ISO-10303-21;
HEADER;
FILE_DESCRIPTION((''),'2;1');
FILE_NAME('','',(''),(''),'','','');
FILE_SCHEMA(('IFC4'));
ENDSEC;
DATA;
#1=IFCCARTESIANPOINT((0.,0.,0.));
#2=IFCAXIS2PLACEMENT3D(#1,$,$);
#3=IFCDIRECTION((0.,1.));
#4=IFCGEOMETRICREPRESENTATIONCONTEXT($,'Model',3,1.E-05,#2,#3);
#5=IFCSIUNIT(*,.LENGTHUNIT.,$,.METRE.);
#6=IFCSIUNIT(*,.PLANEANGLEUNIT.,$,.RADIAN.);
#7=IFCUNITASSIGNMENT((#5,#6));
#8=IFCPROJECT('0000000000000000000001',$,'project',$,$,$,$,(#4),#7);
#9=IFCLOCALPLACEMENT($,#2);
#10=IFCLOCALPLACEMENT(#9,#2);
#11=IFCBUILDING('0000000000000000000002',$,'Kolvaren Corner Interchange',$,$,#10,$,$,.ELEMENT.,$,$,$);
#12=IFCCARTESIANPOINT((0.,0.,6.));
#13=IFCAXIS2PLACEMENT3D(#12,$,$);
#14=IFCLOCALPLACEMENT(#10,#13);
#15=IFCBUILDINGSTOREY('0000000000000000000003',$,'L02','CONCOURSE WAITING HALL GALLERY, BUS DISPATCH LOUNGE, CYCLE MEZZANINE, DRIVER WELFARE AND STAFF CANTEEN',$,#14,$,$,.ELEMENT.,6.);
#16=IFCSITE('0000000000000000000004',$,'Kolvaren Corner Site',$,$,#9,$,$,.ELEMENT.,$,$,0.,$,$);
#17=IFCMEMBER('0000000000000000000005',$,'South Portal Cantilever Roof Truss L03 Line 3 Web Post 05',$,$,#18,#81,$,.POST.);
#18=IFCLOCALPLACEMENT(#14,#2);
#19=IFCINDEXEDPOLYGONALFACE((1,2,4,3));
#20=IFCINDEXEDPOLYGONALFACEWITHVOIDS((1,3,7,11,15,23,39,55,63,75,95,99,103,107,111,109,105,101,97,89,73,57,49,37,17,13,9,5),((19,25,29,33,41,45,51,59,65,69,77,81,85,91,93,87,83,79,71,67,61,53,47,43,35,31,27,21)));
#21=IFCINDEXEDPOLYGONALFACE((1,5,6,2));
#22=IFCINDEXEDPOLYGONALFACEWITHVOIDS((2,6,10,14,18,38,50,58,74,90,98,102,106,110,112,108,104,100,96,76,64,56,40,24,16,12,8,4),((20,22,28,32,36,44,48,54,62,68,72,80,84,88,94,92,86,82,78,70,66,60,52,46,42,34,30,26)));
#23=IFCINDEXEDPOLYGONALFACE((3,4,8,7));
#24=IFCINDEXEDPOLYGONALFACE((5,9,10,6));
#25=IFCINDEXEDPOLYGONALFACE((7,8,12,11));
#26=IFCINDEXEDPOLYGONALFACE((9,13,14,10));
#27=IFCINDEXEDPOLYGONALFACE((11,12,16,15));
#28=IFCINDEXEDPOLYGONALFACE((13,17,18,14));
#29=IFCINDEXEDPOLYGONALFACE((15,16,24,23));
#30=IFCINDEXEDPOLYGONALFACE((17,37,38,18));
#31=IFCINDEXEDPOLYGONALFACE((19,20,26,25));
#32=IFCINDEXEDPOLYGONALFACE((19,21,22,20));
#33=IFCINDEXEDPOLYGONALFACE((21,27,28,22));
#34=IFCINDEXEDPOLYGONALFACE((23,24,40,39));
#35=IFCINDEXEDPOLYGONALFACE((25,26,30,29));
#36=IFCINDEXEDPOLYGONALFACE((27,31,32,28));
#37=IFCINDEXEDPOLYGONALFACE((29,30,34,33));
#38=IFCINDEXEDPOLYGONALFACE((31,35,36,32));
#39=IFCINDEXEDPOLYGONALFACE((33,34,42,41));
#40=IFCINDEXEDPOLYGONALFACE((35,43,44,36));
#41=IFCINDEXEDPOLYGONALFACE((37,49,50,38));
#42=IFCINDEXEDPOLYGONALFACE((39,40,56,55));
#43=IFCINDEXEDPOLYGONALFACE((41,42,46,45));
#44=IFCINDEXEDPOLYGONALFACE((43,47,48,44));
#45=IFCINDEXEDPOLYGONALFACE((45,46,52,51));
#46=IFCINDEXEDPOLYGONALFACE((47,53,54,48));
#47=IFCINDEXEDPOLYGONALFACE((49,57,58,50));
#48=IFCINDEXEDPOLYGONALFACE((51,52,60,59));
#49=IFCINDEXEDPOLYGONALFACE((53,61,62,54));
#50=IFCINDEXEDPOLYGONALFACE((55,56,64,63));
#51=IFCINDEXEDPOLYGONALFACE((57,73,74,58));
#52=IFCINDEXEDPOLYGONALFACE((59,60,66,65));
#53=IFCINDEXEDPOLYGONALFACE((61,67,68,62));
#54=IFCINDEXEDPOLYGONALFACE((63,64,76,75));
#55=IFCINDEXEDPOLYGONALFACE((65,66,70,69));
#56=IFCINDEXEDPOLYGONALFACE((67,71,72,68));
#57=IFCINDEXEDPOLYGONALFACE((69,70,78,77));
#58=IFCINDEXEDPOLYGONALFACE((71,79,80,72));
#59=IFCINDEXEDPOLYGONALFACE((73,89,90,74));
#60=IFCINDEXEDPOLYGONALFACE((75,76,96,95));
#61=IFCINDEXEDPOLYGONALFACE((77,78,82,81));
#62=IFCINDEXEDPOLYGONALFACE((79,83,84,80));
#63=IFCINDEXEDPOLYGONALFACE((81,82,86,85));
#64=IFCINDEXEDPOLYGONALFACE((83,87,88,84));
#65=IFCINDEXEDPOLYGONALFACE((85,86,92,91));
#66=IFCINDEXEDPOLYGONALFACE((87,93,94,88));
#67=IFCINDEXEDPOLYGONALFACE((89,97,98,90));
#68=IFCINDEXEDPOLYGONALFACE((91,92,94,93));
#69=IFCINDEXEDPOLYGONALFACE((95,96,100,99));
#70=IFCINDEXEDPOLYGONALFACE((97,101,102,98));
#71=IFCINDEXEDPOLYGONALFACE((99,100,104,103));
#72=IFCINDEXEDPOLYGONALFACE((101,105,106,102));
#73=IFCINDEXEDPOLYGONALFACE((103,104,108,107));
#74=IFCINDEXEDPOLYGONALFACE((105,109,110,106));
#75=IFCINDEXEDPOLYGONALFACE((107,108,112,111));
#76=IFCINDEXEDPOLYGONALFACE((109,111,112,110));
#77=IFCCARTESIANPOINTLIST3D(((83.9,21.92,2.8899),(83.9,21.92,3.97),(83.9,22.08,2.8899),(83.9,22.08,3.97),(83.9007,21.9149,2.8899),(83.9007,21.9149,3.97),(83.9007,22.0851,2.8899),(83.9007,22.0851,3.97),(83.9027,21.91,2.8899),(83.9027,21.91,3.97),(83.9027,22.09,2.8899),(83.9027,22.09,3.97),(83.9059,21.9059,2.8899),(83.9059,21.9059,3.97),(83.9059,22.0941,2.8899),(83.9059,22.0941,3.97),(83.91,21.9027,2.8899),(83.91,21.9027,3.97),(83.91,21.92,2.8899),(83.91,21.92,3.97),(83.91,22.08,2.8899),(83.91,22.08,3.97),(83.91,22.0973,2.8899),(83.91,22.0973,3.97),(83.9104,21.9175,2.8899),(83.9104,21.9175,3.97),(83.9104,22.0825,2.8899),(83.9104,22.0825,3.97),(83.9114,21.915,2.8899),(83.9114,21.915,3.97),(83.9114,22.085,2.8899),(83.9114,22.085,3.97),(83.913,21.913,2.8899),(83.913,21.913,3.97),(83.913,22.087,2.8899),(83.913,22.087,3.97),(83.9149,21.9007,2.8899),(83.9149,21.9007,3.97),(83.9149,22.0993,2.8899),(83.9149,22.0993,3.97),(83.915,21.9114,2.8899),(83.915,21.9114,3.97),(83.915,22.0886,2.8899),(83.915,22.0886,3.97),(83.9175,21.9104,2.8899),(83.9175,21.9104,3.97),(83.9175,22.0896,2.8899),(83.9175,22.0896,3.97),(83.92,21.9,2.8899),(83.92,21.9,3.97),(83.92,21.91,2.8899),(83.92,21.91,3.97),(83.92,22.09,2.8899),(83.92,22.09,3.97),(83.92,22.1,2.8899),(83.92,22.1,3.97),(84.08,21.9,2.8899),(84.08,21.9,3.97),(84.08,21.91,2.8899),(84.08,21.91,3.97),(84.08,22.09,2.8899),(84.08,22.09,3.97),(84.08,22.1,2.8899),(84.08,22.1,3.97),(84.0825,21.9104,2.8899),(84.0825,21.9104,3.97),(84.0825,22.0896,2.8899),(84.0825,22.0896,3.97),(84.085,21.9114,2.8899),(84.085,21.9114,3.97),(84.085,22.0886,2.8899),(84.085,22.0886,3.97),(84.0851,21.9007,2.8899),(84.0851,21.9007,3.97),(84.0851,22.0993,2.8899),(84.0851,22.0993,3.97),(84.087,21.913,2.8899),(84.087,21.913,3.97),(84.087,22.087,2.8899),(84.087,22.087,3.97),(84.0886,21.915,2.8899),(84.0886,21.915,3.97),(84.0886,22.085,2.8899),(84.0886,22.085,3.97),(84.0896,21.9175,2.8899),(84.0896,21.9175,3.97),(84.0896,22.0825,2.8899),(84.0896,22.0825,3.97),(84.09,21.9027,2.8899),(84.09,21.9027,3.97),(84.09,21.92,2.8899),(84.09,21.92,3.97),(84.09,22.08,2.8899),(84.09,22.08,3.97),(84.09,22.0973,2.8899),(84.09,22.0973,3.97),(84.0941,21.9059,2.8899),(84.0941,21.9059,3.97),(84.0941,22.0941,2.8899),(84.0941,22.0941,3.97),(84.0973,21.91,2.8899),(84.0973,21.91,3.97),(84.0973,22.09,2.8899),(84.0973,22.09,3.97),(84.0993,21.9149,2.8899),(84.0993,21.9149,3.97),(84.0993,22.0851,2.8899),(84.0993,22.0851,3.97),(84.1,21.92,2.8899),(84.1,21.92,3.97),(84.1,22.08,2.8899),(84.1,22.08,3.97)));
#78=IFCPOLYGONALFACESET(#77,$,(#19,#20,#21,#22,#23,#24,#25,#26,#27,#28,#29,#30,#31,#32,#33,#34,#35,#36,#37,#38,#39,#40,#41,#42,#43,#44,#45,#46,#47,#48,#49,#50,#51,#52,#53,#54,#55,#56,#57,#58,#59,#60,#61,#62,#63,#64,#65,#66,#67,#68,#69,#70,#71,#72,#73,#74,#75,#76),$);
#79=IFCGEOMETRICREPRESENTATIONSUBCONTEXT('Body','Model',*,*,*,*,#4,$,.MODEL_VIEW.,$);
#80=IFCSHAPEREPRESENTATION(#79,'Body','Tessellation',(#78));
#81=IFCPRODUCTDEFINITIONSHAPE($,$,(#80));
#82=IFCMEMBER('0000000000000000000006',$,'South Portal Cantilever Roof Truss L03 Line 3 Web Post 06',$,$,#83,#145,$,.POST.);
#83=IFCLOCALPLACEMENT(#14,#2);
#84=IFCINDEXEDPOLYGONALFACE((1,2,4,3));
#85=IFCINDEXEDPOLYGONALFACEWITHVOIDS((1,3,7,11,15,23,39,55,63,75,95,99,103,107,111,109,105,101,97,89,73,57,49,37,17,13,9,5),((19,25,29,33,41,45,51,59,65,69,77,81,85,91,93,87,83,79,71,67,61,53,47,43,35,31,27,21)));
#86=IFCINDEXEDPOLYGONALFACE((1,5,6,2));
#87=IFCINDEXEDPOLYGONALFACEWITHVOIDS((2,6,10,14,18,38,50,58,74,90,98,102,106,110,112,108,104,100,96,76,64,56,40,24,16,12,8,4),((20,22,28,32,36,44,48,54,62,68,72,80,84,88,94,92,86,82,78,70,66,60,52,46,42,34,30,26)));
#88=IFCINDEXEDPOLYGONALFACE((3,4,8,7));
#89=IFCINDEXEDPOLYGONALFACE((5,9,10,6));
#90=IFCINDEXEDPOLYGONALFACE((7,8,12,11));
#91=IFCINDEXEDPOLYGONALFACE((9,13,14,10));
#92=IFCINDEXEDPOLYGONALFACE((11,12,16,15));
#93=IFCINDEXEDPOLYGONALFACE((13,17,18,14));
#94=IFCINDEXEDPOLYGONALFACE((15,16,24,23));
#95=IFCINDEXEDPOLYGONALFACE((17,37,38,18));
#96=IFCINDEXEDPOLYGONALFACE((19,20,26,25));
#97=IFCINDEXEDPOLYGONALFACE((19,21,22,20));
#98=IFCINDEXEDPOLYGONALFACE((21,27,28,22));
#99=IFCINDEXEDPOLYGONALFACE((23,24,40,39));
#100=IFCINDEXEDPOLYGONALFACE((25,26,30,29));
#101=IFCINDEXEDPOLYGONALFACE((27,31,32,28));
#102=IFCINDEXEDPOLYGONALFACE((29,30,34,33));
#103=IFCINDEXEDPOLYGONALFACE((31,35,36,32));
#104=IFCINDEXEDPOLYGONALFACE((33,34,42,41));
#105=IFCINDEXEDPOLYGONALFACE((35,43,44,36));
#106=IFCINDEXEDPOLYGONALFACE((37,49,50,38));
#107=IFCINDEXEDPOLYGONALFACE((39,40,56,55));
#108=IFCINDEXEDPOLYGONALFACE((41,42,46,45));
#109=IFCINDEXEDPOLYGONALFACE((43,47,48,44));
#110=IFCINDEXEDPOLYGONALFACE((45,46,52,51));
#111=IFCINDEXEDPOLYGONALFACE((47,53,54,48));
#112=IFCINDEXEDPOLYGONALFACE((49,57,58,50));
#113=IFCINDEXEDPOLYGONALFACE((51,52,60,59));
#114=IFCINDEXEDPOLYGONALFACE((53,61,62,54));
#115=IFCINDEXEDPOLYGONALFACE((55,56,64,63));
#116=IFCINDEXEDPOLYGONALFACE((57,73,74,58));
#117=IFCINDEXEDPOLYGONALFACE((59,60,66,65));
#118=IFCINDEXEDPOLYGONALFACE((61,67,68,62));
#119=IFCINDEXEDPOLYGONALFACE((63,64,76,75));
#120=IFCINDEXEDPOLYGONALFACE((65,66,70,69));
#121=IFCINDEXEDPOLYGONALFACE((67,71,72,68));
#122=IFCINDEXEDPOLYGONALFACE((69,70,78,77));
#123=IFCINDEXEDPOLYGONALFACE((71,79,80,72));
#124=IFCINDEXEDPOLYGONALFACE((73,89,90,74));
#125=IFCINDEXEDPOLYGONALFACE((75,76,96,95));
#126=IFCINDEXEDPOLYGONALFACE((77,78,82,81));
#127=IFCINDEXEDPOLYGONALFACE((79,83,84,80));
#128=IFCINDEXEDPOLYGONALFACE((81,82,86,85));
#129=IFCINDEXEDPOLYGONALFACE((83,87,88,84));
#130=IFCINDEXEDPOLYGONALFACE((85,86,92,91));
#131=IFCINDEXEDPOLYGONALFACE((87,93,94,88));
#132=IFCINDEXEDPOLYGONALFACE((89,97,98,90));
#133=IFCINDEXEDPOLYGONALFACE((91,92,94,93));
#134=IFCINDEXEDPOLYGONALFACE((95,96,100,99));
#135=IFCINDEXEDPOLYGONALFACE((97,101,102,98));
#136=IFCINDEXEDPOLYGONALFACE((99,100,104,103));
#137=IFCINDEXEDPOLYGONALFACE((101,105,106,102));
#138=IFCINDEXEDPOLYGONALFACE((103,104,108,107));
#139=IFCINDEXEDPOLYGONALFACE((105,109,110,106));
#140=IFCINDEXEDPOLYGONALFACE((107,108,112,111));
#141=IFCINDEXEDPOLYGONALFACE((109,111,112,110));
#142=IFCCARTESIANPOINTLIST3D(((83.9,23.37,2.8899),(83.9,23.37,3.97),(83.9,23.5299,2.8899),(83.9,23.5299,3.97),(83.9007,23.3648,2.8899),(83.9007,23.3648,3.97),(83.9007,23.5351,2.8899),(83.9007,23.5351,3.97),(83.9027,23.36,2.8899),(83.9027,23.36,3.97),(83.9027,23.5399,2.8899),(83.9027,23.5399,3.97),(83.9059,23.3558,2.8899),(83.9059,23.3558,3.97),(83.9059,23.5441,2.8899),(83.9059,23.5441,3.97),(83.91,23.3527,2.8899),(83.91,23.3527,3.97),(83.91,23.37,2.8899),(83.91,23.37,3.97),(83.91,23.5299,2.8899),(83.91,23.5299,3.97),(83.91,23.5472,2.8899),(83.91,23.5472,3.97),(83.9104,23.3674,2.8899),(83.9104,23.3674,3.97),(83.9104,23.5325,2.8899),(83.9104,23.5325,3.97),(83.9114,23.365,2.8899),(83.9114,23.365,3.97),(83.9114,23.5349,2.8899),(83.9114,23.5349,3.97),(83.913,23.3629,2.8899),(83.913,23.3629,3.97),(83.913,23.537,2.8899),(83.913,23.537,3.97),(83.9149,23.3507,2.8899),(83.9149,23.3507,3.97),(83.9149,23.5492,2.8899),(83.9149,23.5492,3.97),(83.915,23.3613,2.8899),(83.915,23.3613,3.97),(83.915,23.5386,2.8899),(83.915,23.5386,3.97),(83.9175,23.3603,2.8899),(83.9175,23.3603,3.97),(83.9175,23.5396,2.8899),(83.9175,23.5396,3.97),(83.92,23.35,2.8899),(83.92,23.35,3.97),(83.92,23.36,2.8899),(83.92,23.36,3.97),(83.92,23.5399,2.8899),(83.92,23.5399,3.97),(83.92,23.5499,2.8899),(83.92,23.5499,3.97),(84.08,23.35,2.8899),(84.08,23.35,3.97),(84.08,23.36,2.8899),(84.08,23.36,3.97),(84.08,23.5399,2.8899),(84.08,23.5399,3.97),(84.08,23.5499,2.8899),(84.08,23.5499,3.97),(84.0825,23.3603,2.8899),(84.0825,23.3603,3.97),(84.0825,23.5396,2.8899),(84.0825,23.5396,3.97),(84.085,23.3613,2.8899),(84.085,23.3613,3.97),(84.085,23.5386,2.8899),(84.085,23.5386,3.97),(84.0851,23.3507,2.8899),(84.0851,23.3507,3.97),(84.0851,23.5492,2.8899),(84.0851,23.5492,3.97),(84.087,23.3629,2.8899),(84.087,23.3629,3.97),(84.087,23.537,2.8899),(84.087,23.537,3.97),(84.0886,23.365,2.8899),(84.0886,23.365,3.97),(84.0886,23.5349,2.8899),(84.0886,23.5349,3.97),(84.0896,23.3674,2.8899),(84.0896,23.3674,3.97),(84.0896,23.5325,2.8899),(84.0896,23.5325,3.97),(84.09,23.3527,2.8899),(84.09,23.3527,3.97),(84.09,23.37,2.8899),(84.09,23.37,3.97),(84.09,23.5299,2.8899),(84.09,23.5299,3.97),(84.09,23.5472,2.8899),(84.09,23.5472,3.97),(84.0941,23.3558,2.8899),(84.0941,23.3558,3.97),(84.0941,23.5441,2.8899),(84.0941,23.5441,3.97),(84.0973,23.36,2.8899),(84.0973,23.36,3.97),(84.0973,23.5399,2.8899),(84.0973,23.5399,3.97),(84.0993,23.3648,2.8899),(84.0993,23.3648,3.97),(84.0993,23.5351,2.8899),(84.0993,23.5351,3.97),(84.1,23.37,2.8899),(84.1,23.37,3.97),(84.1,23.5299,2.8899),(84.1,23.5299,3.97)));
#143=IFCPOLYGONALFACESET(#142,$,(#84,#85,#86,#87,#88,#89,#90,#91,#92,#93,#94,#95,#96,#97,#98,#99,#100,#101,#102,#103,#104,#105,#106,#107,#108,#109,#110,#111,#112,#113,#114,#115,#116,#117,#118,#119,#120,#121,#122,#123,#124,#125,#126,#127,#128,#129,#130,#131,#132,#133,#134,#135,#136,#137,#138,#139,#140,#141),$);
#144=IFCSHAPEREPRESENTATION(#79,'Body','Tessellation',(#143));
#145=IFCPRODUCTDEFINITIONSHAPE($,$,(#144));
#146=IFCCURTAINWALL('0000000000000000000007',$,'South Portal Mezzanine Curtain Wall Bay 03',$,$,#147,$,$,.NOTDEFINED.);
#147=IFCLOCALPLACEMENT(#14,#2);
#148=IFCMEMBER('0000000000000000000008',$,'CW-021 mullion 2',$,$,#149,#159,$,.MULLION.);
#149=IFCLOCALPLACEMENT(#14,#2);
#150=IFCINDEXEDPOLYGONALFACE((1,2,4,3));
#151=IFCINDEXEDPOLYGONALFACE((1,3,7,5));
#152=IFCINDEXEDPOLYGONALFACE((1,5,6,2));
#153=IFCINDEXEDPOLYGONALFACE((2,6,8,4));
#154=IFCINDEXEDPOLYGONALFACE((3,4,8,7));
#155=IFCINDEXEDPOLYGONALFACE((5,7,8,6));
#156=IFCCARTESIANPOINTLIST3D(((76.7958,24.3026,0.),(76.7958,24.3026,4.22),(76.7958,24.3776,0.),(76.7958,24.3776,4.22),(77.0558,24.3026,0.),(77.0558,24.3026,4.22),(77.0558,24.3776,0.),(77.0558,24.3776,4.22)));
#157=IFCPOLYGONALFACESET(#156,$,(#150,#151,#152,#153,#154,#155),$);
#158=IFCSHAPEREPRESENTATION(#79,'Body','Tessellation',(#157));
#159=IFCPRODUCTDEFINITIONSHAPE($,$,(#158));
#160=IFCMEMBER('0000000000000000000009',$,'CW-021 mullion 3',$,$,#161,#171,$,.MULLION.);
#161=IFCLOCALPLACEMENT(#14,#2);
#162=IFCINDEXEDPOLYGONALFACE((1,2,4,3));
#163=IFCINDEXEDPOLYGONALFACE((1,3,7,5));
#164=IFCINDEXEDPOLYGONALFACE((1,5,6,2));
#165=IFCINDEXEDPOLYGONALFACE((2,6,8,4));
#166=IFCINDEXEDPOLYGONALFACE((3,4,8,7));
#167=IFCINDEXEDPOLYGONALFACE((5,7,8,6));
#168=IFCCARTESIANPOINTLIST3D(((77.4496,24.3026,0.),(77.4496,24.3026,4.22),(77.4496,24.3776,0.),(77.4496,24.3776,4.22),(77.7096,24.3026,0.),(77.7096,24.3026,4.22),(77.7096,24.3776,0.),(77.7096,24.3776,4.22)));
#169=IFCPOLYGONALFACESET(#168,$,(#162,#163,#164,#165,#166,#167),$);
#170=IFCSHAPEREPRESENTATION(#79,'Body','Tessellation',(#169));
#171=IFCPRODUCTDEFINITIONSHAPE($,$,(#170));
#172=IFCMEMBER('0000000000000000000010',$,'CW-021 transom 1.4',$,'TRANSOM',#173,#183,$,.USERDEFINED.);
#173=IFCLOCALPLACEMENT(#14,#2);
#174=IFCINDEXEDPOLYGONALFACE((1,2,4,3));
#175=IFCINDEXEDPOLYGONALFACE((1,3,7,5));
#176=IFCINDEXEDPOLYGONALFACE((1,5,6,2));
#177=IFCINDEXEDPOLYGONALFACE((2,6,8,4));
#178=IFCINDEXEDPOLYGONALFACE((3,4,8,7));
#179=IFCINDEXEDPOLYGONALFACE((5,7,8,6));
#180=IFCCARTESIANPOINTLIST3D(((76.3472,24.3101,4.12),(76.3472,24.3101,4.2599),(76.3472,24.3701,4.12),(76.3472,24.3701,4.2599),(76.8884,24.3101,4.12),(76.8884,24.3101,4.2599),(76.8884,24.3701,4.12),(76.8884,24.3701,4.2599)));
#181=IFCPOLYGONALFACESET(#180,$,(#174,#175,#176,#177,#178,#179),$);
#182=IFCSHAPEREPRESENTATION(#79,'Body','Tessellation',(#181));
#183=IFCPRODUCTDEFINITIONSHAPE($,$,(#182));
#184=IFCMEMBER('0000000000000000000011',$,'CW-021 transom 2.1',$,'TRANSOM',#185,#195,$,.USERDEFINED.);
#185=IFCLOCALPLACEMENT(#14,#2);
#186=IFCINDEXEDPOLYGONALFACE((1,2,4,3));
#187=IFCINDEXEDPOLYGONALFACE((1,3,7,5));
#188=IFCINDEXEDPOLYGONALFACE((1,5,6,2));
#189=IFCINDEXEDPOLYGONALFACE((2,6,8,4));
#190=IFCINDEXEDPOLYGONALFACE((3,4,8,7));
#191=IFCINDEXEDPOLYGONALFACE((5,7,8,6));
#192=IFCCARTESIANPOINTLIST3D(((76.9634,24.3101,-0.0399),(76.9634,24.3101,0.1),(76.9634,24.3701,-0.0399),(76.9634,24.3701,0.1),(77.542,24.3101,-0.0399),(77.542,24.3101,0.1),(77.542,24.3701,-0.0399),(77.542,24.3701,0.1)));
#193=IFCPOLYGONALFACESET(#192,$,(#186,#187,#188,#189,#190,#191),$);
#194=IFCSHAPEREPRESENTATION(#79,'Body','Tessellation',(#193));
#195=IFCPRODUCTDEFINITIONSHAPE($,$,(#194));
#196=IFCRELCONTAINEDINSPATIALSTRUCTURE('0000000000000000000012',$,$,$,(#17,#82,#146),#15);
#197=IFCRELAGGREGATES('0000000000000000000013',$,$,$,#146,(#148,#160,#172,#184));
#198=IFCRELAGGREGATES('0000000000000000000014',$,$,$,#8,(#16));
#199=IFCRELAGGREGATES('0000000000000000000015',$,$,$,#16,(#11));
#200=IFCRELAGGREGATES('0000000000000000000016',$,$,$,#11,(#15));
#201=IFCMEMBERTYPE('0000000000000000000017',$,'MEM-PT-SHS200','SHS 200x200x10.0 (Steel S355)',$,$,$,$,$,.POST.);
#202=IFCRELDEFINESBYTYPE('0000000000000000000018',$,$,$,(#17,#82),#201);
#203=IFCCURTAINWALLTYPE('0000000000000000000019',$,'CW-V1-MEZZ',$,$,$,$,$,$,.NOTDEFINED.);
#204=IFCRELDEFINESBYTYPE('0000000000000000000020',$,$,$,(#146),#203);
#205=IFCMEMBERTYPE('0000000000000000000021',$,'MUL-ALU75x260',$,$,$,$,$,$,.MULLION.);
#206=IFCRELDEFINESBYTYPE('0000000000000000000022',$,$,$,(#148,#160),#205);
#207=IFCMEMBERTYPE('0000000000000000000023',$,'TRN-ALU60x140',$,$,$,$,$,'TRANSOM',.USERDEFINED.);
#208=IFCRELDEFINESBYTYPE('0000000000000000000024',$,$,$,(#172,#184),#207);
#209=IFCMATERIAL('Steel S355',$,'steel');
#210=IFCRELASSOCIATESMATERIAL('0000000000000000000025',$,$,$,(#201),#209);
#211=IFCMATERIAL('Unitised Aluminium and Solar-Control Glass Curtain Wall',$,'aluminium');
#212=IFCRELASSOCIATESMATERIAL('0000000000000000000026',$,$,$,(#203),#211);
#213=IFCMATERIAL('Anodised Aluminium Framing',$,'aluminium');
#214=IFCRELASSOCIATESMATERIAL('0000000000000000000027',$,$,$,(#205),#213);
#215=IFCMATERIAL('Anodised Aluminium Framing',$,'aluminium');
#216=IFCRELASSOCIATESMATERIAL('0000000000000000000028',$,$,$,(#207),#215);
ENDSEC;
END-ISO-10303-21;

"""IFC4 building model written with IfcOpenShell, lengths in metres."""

from ifc_helpers import new_model, si_unit, direction, frame, origin, origin_2d, place, context, subcontext, project, spatial, rectangle, hollow_rectangle, extrude, material, material_profile, profile_set, type_object, element, aggregate, save


model = new_model("IFC4")

# Units and contexts
model_context = context("Model", 3, precision=1e-05, world=origin(), true_north=direction((0.0, 1.0)))
body_context = subcontext(model_context, "Body", "Model", "MODEL_VIEW")
ifc_project = project(units=[si_unit("LENGTHUNIT", "METRE"), si_unit("PLANEANGLEUNIT", "RADIAN")], contexts=[model_context])

# Site, building, storey
site_placement = place(None, origin())
site = spatial("IfcSite", under=ifc_project, at=site_placement, Name="Kolvaren Corner Site", CompositionType="ELEMENT", RefElevation=0.0)
building_placement = place(site_placement, origin())
building = spatial("IfcBuilding", under=site, at=building_placement, Name="Kolvaren Corner Interchange", CompositionType="ELEMENT")
storey_placement = place(building_placement, frame((0.0, 0.0, 6.0)))
storey = spatial("IfcBuildingStorey", under=building, at=storey_placement, Name="L02", Description="CONCOURSE WAITING HALL GALLERY, BUS DISPATCH LOUNGE, CYCLE MEZZANINE, DRIVER WELFARE AND STAFF CANTEEN", CompositionType="ELEMENT", Elevation=6.0)

# Members
ifc_material_1 = material(Name="Steel S355", Category="steel")
ifc_material_profile_1 = material_profile(ifc_material_1, hollow_rectangle(XDim=0.2, YDim=0.2, WallThickness=0.01, InnerFilletRadius=0.01, OuterFilletRadius=0.02, at=origin_2d()), Name="SHS 200x200x10.0")
ifc_profile_set_1 = profile_set([ifc_material_profile_1], Name="Steel S355")
member_type_1 = type_object("IfcMemberType", Name="MEM-PT-SHS200", Description="SHS 200x200x10.0 (Steel S355)", PredefinedType="POST", material=ifc_profile_set_1)
for number, where, z_axis, x_axis, name in (
    (1, (84.0, 22.0, 2.8899), (0.0, 0.0, 1.0), (1.0, 0.0, 0.0), "South Portal Cantilever Roof Truss L03 Line 3 Web Post 05"),
    (2, (84.0, 23.45, 2.8899), (0.0, 0.0, 1.0), (1.0, 0.0, 0.0), "South Portal Cantilever Roof Truss L03 Line 3 Web Post 06"),
):
    element("IfcMember", number, at=place(storey_placement, frame(where, z_axis=z_axis, x_axis=x_axis)), inside=storey, type_object=member_type_1, Name=name, PredefinedType="POST", context=body_context, shape_type="SweptSolid", body=[
        extrude(hollow_rectangle(XDim=0.2, YDim=0.2, WallThickness=0.01, InnerFilletRadius=0.01, OuterFilletRadius=0.02, at=origin_2d()), origin(), (0.0, 0.0, 1.0), 1.0801),
    ])

# Curtain wall, members
ifc_material_2 = material(Name="Unitised Aluminium and Solar-Control Glass Curtain Wall", Category="aluminium")
curtain_wall_type = type_object("IfcCurtainWallType", Name="CW-V1-MEZZ", PredefinedType="NOTDEFINED", material=ifc_material_2)
curtain_wall_placement = place(storey_placement, origin())
curtain_wall = element("IfcCurtainWall", 3, at=curtain_wall_placement, inside=storey, type_object=curtain_wall_type, Name="South Portal Mezzanine Curtain Wall Bay 03", PredefinedType="NOTDEFINED")
ifc_material_3 = material(Name="Anodised Aluminium Framing", Category="aluminium")
ifc_material_profile_2 = material_profile(ifc_material_3, rectangle(XDim=0.075, YDim=0.26, at=origin_2d()), Name="ALU 75x260")
ifc_profile_set_2 = profile_set([ifc_material_profile_2], Name="Anodised Aluminium Framing")
member_type_2 = type_object("IfcMemberType", Name="MUL-ALU75x260", PredefinedType="MULLION", material=ifc_profile_set_2)
member_1_placement = place(storey_placement, frame((76.9258, 24.3401, 0.0), z_axis=(0.0, 0.0, 1.0), x_axis=(0.0, 1.0, 0.0)))
member_1 = element("IfcMember", 4, at=member_1_placement, type_object=member_type_2, Name="CW-021 mullion 2", PredefinedType="MULLION", context=body_context, shape_type="SweptSolid", body=[
    extrude(rectangle(XDim=0.075, YDim=0.26, at=origin_2d()), origin(), (0.0, 0.0, 1.0), 4.22),
])
member_2_placement = place(storey_placement, frame((77.5796, 24.3401, 0.0), z_axis=(0.0, 0.0, 1.0), x_axis=(0.0, 1.0, 0.0)))
member_2 = element("IfcMember", 5, at=member_2_placement, type_object=member_type_2, Name="CW-021 mullion 3", PredefinedType="MULLION", context=body_context, shape_type="SweptSolid", body=[
    extrude(rectangle(XDim=0.075, YDim=0.26, at=origin_2d()), origin(), (0.0, 0.0, 1.0), 4.22),
])
ifc_material_4 = material(Name="Anodised Aluminium Framing", Category="aluminium")
ifc_material_profile_3 = material_profile(ifc_material_4, rectangle(XDim=0.0601, YDim=0.1399, at=origin_2d()), Name="ALU 60x140")
ifc_profile_set_3 = profile_set([ifc_material_profile_3], Name="Anodised Aluminium Framing")
member_type_3 = type_object("IfcMemberType", Name="TRN-ALU60x140", ElementType="TRANSOM", PredefinedType="USERDEFINED", material=ifc_profile_set_3)
member_3_placement = place(storey_placement, frame((76.3472, 24.3401, 4.1899), z_axis=(1.0, 0.0, 0.0), x_axis=(0.0, 1.0, 0.0)))
member_3 = element("IfcMember", 6, at=member_3_placement, type_object=member_type_3, Name="CW-021 transom 1.4", ObjectType="TRANSOM", PredefinedType="USERDEFINED", context=body_context, shape_type="SweptSolid", body=[
    extrude(rectangle(XDim=0.0601, YDim=0.1399, at=origin_2d()), origin(), (0.0, 0.0, 1.0), 0.5413),
])
member_4_placement = place(storey_placement, frame((76.9634, 24.3401, 0.03), z_axis=(1.0, 0.0, 0.0), x_axis=(0.0, 1.0, 0.0)))
member_4 = element("IfcMember", 7, at=member_4_placement, type_object=member_type_3, Name="CW-021 transom 2.1", ObjectType="TRANSOM", PredefinedType="USERDEFINED", context=body_context, shape_type="SweptSolid", body=[
    extrude(rectangle(XDim=0.0601, YDim=0.1399, at=origin_2d()), origin(), (0.0, 0.0, 1.0), 0.5786),
])
aggregate(curtain_wall, [member_1, member_2, member_3, member_4])

save(model, "model.ifc")
